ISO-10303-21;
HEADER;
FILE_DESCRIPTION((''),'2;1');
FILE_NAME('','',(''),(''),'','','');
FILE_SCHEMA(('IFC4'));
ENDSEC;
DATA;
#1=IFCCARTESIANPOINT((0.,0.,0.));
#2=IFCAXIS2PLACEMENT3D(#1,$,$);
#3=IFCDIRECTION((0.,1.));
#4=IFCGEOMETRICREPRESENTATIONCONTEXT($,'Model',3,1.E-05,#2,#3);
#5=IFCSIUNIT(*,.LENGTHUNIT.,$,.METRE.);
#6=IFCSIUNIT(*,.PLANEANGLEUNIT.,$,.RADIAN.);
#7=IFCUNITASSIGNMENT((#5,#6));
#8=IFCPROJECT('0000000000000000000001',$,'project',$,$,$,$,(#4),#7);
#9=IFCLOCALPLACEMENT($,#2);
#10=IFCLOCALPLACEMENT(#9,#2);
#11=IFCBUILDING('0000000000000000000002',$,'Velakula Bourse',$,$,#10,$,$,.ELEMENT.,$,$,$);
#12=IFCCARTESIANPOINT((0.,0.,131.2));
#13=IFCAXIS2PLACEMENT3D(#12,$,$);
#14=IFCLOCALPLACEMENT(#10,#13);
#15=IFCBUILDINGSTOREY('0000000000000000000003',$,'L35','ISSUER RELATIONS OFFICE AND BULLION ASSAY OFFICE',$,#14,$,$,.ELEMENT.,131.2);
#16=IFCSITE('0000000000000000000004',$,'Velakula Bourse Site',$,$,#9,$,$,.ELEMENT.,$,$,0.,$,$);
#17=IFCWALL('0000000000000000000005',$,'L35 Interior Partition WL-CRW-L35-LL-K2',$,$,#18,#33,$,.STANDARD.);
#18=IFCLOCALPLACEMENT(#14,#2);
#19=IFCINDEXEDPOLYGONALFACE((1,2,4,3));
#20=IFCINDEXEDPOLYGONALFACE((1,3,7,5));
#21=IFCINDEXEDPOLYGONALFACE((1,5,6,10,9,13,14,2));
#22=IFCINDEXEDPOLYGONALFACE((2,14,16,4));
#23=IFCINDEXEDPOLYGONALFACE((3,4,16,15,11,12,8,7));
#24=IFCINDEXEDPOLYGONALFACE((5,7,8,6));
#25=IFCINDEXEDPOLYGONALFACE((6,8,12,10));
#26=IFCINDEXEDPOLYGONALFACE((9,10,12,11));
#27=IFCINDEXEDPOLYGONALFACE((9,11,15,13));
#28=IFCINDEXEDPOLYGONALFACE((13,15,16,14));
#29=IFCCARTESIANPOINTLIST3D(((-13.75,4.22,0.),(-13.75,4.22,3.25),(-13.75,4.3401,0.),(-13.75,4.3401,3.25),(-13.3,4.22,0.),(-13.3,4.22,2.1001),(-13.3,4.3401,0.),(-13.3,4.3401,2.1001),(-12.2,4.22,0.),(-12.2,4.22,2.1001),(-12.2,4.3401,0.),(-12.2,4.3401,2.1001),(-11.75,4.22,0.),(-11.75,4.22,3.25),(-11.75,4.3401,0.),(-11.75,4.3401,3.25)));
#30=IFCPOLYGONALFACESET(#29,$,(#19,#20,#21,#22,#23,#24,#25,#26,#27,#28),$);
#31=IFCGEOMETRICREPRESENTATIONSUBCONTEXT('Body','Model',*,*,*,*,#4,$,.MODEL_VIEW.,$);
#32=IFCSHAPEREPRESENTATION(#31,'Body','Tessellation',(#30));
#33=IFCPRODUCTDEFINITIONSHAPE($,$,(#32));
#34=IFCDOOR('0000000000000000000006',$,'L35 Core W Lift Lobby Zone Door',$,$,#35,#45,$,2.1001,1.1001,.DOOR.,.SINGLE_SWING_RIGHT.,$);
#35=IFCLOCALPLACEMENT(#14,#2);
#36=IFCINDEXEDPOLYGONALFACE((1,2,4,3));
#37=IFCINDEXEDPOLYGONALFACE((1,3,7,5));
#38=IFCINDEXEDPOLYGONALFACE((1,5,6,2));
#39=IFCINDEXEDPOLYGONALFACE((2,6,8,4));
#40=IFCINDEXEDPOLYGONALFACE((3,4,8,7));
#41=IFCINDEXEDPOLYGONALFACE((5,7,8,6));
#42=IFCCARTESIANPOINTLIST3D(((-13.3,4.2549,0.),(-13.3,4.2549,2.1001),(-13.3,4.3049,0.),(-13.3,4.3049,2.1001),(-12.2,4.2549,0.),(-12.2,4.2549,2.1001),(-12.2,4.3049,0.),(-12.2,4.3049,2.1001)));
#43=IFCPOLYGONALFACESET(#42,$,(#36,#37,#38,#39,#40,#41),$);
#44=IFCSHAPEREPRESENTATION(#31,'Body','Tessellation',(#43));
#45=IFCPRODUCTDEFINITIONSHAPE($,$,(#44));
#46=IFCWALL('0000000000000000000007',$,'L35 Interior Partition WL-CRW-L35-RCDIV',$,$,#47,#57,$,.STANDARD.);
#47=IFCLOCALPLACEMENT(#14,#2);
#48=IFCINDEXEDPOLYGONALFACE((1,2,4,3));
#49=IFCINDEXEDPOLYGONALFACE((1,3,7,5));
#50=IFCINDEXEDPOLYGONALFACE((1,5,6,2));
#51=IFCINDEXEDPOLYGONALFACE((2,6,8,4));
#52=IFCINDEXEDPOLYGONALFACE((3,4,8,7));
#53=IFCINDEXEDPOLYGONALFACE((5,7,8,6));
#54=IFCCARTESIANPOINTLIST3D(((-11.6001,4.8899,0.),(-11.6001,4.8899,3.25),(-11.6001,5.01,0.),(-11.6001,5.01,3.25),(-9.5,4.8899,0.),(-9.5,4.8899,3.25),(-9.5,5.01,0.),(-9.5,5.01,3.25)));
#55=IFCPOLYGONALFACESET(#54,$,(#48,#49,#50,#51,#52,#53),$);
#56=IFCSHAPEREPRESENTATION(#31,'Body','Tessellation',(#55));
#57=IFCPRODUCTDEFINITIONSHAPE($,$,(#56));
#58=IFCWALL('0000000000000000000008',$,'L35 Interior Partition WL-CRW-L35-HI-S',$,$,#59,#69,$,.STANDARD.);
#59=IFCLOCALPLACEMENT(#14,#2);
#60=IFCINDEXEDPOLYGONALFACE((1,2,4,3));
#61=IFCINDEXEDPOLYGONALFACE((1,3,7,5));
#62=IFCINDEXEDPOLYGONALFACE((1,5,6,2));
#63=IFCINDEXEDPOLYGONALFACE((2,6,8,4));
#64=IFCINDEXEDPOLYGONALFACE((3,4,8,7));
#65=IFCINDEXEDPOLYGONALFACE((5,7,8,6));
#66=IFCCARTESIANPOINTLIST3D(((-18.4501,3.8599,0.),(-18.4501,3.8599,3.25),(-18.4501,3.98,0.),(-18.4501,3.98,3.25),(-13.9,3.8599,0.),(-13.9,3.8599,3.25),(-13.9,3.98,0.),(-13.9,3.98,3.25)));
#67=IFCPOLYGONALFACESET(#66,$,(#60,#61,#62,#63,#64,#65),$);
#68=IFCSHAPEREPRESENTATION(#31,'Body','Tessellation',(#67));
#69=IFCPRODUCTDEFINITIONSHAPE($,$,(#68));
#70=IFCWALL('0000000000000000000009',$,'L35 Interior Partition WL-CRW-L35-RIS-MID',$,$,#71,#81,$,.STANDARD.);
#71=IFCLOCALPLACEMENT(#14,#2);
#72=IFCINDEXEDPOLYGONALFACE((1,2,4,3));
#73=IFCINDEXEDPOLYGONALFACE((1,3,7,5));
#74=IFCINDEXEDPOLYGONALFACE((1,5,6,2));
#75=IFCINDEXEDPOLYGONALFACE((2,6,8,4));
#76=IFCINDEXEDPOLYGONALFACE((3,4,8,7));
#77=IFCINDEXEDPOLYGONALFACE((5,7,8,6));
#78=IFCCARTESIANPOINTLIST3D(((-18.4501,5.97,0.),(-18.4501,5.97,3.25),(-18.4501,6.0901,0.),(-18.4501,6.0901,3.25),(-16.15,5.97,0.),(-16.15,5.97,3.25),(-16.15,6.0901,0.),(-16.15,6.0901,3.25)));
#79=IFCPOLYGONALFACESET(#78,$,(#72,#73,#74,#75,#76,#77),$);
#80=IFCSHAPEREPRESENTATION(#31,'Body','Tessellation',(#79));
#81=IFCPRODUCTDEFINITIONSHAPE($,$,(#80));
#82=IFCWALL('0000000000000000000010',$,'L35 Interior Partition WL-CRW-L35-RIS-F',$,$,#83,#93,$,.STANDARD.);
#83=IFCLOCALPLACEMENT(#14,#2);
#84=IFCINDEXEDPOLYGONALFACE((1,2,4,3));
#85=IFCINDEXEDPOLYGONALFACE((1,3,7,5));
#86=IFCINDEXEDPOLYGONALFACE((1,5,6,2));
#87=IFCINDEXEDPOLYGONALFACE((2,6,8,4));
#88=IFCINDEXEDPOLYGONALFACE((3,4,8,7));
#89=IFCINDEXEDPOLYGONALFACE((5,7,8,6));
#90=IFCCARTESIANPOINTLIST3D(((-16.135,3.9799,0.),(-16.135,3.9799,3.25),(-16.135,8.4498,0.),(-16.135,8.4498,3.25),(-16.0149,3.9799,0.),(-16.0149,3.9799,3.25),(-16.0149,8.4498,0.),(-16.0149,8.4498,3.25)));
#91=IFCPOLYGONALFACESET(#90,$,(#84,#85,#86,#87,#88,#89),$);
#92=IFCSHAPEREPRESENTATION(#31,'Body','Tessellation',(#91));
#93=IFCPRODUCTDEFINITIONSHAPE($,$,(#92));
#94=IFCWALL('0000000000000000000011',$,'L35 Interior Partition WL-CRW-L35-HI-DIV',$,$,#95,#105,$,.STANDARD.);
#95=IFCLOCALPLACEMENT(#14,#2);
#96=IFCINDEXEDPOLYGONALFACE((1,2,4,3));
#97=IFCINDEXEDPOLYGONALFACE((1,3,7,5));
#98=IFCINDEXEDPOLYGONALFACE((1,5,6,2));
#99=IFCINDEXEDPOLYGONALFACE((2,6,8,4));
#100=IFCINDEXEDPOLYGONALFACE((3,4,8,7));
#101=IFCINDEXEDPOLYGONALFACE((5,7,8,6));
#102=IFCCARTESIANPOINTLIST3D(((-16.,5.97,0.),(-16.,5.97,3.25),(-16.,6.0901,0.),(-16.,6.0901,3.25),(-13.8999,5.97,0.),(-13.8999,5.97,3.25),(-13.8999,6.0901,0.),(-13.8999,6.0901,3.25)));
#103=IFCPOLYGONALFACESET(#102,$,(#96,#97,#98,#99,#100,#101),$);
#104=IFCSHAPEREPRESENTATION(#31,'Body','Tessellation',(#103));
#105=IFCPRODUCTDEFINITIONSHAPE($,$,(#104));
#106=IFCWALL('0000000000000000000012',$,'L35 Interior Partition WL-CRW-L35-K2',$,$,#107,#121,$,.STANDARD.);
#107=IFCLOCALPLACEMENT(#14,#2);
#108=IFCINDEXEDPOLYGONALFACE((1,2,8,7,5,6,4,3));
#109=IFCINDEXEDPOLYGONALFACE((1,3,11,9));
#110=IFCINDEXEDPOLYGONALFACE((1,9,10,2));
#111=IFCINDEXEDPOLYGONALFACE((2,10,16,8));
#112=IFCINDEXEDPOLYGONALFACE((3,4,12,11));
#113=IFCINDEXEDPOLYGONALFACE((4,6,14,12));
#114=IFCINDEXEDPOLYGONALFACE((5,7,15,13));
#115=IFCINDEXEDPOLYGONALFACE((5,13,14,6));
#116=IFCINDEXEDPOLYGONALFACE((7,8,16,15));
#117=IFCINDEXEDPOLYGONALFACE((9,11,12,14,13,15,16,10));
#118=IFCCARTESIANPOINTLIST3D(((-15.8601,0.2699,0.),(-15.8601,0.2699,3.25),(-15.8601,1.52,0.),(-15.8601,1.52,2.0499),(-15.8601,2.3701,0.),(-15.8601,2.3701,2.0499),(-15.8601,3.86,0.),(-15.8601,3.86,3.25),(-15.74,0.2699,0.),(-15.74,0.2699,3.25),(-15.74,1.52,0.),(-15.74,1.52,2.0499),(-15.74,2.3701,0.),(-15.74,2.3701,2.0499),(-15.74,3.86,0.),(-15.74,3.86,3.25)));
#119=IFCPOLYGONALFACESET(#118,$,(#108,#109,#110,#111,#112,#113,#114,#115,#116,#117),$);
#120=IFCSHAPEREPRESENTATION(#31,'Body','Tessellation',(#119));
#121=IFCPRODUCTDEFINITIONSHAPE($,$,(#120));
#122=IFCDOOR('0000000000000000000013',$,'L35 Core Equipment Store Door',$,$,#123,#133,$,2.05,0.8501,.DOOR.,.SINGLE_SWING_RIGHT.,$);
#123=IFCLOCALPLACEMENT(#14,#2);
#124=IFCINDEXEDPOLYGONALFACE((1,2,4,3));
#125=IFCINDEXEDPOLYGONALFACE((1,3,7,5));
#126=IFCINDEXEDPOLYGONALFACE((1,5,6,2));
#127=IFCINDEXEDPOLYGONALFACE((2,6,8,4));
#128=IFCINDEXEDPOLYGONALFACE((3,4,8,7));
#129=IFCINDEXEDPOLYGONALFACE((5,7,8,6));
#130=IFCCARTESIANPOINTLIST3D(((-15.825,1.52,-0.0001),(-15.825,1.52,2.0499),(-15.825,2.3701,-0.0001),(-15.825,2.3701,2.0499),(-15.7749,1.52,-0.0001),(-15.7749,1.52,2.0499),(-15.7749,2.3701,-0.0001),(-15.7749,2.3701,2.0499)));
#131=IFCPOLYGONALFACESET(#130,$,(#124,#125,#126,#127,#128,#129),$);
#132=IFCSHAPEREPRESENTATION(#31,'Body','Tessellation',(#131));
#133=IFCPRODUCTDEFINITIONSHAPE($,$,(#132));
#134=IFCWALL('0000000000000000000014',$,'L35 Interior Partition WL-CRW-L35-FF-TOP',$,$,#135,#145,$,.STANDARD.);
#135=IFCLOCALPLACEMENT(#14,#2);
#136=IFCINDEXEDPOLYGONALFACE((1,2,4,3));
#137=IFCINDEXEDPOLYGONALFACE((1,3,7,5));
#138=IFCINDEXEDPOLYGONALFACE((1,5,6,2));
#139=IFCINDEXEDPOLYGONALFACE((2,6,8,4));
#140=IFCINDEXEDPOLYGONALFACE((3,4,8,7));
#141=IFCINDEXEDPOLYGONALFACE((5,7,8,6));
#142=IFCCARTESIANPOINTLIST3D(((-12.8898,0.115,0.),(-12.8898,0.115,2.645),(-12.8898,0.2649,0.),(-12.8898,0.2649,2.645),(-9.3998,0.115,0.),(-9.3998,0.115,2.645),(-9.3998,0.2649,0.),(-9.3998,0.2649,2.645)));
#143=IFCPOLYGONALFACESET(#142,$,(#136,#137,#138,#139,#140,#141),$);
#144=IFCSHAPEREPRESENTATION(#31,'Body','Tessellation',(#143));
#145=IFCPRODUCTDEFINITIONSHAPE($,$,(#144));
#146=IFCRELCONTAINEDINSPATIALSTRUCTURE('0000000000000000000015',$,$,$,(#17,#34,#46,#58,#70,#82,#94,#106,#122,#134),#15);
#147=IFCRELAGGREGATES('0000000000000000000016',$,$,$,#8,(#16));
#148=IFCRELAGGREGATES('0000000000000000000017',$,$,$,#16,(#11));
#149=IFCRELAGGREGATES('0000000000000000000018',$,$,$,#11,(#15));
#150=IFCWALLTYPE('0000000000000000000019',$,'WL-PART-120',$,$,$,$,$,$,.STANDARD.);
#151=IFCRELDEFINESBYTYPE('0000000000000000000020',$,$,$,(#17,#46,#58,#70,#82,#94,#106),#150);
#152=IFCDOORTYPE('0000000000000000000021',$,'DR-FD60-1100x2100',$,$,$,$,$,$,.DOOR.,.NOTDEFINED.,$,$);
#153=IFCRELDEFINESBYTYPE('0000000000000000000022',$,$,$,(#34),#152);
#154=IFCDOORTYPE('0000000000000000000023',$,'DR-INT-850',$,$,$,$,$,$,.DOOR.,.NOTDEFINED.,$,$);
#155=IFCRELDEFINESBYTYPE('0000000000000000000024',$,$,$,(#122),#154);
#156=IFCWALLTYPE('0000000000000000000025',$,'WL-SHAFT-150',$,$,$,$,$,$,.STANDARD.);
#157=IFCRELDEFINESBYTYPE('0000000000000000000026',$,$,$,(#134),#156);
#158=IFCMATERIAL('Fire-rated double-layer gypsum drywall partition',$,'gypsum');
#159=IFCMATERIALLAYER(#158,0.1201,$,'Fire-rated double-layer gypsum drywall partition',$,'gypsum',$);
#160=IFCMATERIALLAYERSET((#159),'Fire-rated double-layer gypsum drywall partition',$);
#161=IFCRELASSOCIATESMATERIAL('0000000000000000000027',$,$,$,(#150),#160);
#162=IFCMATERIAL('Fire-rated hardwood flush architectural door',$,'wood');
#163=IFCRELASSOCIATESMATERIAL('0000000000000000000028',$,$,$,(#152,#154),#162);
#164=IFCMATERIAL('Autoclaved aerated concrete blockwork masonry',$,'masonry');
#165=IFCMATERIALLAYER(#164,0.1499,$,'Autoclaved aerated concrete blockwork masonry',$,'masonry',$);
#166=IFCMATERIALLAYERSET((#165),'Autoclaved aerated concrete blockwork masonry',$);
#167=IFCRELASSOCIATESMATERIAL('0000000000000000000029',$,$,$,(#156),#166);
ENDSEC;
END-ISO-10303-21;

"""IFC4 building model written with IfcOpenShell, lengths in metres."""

from ifc_helpers import new_model, si_unit, direction, frame, frame_2d, origin, place, context, subcontext, project, spatial, rectangle, extrude, material, layer, layer_set, type_object, element, fill, save


model = new_model("IFC4")

# Units and contexts
model_context = context("Model", 3, precision=1e-05, world=origin(), true_north=direction((0.0, 1.0)))
body_context = subcontext(model_context, "Body", "Model", "MODEL_VIEW")
ifc_project = project(units=[si_unit("LENGTHUNIT", "METRE"), si_unit("PLANEANGLEUNIT", "RADIAN")], contexts=[model_context])

# Site, building, storey
site_placement = place(None, origin())
site = spatial("IfcSite", under=ifc_project, at=site_placement, Name="Velakula Bourse Site", CompositionType="ELEMENT", RefElevation=0.0)
building_placement = place(site_placement, origin())
building = spatial("IfcBuilding", under=site, at=building_placement, Name="Velakula Bourse", CompositionType="ELEMENT")
storey_placement = place(building_placement, frame((0.0, 0.0, 131.2)))
storey = spatial("IfcBuildingStorey", under=building, at=storey_placement, Name="L35", Description="ISSUER RELATIONS OFFICE AND BULLION ASSAY OFFICE", CompositionType="ELEMENT", Elevation=131.2)

# Wall, opening, door
ifc_material_1 = material(Name="Fire-rated double-layer gypsum drywall partition", Category="gypsum")
ifc_layer_1 = layer(ifc_material_1, 0.1201, Name="Fire-rated double-layer gypsum drywall partition", Category="gypsum")
ifc_layer_set_1 = layer_set([ifc_layer_1], Name="Fire-rated double-layer gypsum drywall partition")
wall_type_1 = type_object("IfcWallType", Name="WL-PART-120", PredefinedType="STANDARD", material=ifc_layer_set_1)
wall_1_placement = place(storey_placement, frame((-13.75, 4.28, 0.0), z_axis=(0.0, 0.0, 1.0), x_axis=(1.0, 0.0, 0.0)))
wall_1 = element("IfcWall", 1, at=wall_1_placement, inside=storey, type_object=wall_type_1, Name="L35 Interior Partition WL-CRW-L35-LL-K2", PredefinedType="STANDARD", context=body_context, shape_type="SweptSolid", body=[
    extrude(rectangle(XDim=2.0, YDim=0.1201, at=frame_2d((1.0, 0.0))), origin(), (0.0, 0.0, 1.0), 3.25),
])
opening_1_placement = place(wall_1_placement, frame((0.45, 0.0, 0.0)))
opening_1 = element("IfcOpeningElement", 2, at=opening_1_placement, cuts=wall_1, PredefinedType="OPENING", context=body_context, shape_type="SweptSolid", body=[
    extrude(rectangle(XDim=1.1001, YDim=2.1001, at=frame_2d((0.55, 1.05))), frame((0.0, 0.0701, 0.0), z_axis=(0.0, -1.0, 0.0), x_axis=(1.0, 0.0, 0.0)), (0.0, 0.0, 1.0), 0.1401),
])
ifc_material_2 = material(Name="Fire-rated hardwood flush architectural door", Category="wood")
door_type_1 = type_object("IfcDoorType", Name="DR-FD60-1100x2100", OperationType="NOTDEFINED", PredefinedType="DOOR", material=ifc_material_2)
door_1_placement = place(opening_1_placement, origin())
door_1 = element("IfcDoor", 3, at=door_1_placement, inside=storey, type_object=door_type_1, Name="L35 Core W Lift Lobby Zone Door", OperationType="SINGLE_SWING_RIGHT", OverallHeight=2.1001, OverallWidth=1.1001, PredefinedType="DOOR", context=body_context, shape_type="SweptSolid", body=[
    extrude(rectangle(XDim=1.1001, YDim=2.1001, at=frame_2d((0.55, 1.05))), frame((0.0, 0.0249, 0.0), z_axis=(0.0, -1.0, 0.0), x_axis=(1.0, 0.0, 0.0)), (0.0, 0.0, 1.0), 0.05),
])
fill(opening_1, door_1)

# Walls
wall_2_placement = place(storey_placement, frame((-11.6001, 4.95, 0.0), z_axis=(0.0, 0.0, 1.0), x_axis=(1.0, 0.0, 0.0)))
element("IfcWall", 4, at=wall_2_placement, inside=storey, type_object=wall_type_1, Name="L35 Interior Partition WL-CRW-L35-RCDIV", PredefinedType="STANDARD", context=body_context, shape_type="SweptSolid", body=[
    extrude(rectangle(XDim=2.1001, YDim=0.1201, at=frame_2d((1.05, 0.0))), origin(), (0.0, 0.0, 1.0), 3.25),
])
wall_3_placement = place(storey_placement, frame((-18.45, 3.9199, 0.0), z_axis=(0.0, 0.0, 1.0), x_axis=(1.0, 0.0, 0.0)))
element("IfcWall", 5, at=wall_3_placement, inside=storey, type_object=wall_type_1, Name="L35 Interior Partition WL-CRW-L35-HI-S", PredefinedType="STANDARD", context=body_context, shape_type="SweptSolid", body=[
    extrude(rectangle(XDim=4.55, YDim=0.1201, at=frame_2d((2.2749, 0.0))), origin(), (0.0, 0.0, 1.0), 3.25),
])
wall_4_placement = place(storey_placement, frame((-18.45, 6.03, 0.0), z_axis=(0.0, 0.0, 1.0), x_axis=(1.0, 0.0, 0.0)))
element("IfcWall", 6, at=wall_4_placement, inside=storey, type_object=wall_type_1, Name="L35 Interior Partition WL-CRW-L35-RIS-MID", PredefinedType="STANDARD", context=body_context, shape_type="SweptSolid", body=[
    extrude(rectangle(XDim=2.3, YDim=0.1201, at=frame_2d((1.1499, 0.0))), origin(), (0.0, 0.0, 1.0), 3.25),
])
wall_5_placement = place(storey_placement, frame((-16.075, 3.98, 0.0), z_axis=(0.0, 0.0, 1.0), x_axis=(0.0, 1.0, 0.0)))
element("IfcWall", 7, at=wall_5_placement, inside=storey, type_object=wall_type_1, Name="L35 Interior Partition WL-CRW-L35-RIS-F", PredefinedType="STANDARD", context=body_context, shape_type="SweptSolid", body=[
    extrude(rectangle(XDim=4.47, YDim=0.1201, at=frame_2d((2.2349, 0.0))), origin(), (0.0, 0.0, 1.0), 3.25),
])
wall_6_placement = place(storey_placement, frame((-16.0, 6.03, 0.0), z_axis=(0.0, 0.0, 1.0), x_axis=(1.0, 0.0, 0.0)))
element("IfcWall", 8, at=wall_6_placement, inside=storey, type_object=wall_type_1, Name="L35 Interior Partition WL-CRW-L35-HI-DIV", PredefinedType="STANDARD", context=body_context, shape_type="SweptSolid", body=[
    extrude(rectangle(XDim=2.1001, YDim=0.1201, at=frame_2d((1.05, 0.0))), origin(), (0.0, 0.0, 1.0), 3.25),
])

# Wall, opening, door
wall_7_placement = place(storey_placement, frame((-15.8, 0.27, 0.0), z_axis=(0.0, 0.0, 1.0), x_axis=(0.0, 1.0, 0.0)))
wall_7 = element("IfcWall", 9, at=wall_7_placement, inside=storey, type_object=wall_type_1, Name="L35 Interior Partition WL-CRW-L35-K2", PredefinedType="STANDARD", context=body_context, shape_type="SweptSolid", body=[
    extrude(rectangle(XDim=3.5901, YDim=0.1201, at=frame_2d((1.7949, 0.0))), origin(), (0.0, 0.0, 1.0), 3.25),
])
opening_2_placement = place(wall_7_placement, frame((1.25, 0.0, 0.0)))
opening_2 = element("IfcOpeningElement", 10, at=opening_2_placement, cuts=wall_7, PredefinedType="OPENING", context=body_context, shape_type="SweptSolid", body=[
    extrude(rectangle(XDim=0.8501, YDim=2.05, at=frame_2d((0.425, 1.0249))), frame((0.0, 0.0701, 0.0), z_axis=(0.0, -1.0, 0.0), x_axis=(1.0, 0.0, 0.0)), (0.0, 0.0, 1.0), 0.1401),
])
door_type_2 = type_object("IfcDoorType", Name="DR-INT-850", OperationType="NOTDEFINED", PredefinedType="DOOR", material=ifc_material_2)
door_2_placement = place(opening_2_placement, origin())
door_2 = element("IfcDoor", 11, at=door_2_placement, inside=storey, type_object=door_type_2, Name="L35 Core Equipment Store Door", OperationType="SINGLE_SWING_RIGHT", OverallHeight=2.05, OverallWidth=0.8501, PredefinedType="DOOR", context=body_context, shape_type="SweptSolid", body=[
    extrude(rectangle(XDim=0.8501, YDim=2.05, at=frame_2d((0.425, 1.0249))), frame((0.0, 0.0249, 0.0), z_axis=(0.0, -1.0, 0.0), x_axis=(1.0, 0.0, 0.0)), (0.0, 0.0, 1.0), 0.05),
])
fill(opening_2, door_2)

# Wall
ifc_material_3 = material(Name="Autoclaved aerated concrete blockwork masonry", Category="masonry")
ifc_layer_2 = layer(ifc_material_3, 0.1499, Name="Autoclaved aerated concrete blockwork masonry", Category="masonry")
ifc_layer_set_2 = layer_set([ifc_layer_2], Name="Autoclaved aerated concrete blockwork masonry")
wall_type_2 = type_object("IfcWallType", Name="WL-SHAFT-150", PredefinedType="STANDARD", material=ifc_layer_set_2)
wall_8_placement = place(storey_placement, frame((-12.8899, 0.1899, 0.0), z_axis=(0.0, 0.0, 1.0), x_axis=(1.0, 0.0, 0.0)))
element("IfcWall", 12, at=wall_8_placement, inside=storey, type_object=wall_type_2, Name="L35 Interior Partition WL-CRW-L35-FF-TOP", PredefinedType="STANDARD", context=body_context, shape_type="SweptSolid", body=[
    extrude(rectangle(XDim=3.49, YDim=0.1499, at=frame_2d((1.7451, 0.0))), origin(), (0.0, 0.0, 1.0), 2.645),
])

save(model, "model.ifc")
